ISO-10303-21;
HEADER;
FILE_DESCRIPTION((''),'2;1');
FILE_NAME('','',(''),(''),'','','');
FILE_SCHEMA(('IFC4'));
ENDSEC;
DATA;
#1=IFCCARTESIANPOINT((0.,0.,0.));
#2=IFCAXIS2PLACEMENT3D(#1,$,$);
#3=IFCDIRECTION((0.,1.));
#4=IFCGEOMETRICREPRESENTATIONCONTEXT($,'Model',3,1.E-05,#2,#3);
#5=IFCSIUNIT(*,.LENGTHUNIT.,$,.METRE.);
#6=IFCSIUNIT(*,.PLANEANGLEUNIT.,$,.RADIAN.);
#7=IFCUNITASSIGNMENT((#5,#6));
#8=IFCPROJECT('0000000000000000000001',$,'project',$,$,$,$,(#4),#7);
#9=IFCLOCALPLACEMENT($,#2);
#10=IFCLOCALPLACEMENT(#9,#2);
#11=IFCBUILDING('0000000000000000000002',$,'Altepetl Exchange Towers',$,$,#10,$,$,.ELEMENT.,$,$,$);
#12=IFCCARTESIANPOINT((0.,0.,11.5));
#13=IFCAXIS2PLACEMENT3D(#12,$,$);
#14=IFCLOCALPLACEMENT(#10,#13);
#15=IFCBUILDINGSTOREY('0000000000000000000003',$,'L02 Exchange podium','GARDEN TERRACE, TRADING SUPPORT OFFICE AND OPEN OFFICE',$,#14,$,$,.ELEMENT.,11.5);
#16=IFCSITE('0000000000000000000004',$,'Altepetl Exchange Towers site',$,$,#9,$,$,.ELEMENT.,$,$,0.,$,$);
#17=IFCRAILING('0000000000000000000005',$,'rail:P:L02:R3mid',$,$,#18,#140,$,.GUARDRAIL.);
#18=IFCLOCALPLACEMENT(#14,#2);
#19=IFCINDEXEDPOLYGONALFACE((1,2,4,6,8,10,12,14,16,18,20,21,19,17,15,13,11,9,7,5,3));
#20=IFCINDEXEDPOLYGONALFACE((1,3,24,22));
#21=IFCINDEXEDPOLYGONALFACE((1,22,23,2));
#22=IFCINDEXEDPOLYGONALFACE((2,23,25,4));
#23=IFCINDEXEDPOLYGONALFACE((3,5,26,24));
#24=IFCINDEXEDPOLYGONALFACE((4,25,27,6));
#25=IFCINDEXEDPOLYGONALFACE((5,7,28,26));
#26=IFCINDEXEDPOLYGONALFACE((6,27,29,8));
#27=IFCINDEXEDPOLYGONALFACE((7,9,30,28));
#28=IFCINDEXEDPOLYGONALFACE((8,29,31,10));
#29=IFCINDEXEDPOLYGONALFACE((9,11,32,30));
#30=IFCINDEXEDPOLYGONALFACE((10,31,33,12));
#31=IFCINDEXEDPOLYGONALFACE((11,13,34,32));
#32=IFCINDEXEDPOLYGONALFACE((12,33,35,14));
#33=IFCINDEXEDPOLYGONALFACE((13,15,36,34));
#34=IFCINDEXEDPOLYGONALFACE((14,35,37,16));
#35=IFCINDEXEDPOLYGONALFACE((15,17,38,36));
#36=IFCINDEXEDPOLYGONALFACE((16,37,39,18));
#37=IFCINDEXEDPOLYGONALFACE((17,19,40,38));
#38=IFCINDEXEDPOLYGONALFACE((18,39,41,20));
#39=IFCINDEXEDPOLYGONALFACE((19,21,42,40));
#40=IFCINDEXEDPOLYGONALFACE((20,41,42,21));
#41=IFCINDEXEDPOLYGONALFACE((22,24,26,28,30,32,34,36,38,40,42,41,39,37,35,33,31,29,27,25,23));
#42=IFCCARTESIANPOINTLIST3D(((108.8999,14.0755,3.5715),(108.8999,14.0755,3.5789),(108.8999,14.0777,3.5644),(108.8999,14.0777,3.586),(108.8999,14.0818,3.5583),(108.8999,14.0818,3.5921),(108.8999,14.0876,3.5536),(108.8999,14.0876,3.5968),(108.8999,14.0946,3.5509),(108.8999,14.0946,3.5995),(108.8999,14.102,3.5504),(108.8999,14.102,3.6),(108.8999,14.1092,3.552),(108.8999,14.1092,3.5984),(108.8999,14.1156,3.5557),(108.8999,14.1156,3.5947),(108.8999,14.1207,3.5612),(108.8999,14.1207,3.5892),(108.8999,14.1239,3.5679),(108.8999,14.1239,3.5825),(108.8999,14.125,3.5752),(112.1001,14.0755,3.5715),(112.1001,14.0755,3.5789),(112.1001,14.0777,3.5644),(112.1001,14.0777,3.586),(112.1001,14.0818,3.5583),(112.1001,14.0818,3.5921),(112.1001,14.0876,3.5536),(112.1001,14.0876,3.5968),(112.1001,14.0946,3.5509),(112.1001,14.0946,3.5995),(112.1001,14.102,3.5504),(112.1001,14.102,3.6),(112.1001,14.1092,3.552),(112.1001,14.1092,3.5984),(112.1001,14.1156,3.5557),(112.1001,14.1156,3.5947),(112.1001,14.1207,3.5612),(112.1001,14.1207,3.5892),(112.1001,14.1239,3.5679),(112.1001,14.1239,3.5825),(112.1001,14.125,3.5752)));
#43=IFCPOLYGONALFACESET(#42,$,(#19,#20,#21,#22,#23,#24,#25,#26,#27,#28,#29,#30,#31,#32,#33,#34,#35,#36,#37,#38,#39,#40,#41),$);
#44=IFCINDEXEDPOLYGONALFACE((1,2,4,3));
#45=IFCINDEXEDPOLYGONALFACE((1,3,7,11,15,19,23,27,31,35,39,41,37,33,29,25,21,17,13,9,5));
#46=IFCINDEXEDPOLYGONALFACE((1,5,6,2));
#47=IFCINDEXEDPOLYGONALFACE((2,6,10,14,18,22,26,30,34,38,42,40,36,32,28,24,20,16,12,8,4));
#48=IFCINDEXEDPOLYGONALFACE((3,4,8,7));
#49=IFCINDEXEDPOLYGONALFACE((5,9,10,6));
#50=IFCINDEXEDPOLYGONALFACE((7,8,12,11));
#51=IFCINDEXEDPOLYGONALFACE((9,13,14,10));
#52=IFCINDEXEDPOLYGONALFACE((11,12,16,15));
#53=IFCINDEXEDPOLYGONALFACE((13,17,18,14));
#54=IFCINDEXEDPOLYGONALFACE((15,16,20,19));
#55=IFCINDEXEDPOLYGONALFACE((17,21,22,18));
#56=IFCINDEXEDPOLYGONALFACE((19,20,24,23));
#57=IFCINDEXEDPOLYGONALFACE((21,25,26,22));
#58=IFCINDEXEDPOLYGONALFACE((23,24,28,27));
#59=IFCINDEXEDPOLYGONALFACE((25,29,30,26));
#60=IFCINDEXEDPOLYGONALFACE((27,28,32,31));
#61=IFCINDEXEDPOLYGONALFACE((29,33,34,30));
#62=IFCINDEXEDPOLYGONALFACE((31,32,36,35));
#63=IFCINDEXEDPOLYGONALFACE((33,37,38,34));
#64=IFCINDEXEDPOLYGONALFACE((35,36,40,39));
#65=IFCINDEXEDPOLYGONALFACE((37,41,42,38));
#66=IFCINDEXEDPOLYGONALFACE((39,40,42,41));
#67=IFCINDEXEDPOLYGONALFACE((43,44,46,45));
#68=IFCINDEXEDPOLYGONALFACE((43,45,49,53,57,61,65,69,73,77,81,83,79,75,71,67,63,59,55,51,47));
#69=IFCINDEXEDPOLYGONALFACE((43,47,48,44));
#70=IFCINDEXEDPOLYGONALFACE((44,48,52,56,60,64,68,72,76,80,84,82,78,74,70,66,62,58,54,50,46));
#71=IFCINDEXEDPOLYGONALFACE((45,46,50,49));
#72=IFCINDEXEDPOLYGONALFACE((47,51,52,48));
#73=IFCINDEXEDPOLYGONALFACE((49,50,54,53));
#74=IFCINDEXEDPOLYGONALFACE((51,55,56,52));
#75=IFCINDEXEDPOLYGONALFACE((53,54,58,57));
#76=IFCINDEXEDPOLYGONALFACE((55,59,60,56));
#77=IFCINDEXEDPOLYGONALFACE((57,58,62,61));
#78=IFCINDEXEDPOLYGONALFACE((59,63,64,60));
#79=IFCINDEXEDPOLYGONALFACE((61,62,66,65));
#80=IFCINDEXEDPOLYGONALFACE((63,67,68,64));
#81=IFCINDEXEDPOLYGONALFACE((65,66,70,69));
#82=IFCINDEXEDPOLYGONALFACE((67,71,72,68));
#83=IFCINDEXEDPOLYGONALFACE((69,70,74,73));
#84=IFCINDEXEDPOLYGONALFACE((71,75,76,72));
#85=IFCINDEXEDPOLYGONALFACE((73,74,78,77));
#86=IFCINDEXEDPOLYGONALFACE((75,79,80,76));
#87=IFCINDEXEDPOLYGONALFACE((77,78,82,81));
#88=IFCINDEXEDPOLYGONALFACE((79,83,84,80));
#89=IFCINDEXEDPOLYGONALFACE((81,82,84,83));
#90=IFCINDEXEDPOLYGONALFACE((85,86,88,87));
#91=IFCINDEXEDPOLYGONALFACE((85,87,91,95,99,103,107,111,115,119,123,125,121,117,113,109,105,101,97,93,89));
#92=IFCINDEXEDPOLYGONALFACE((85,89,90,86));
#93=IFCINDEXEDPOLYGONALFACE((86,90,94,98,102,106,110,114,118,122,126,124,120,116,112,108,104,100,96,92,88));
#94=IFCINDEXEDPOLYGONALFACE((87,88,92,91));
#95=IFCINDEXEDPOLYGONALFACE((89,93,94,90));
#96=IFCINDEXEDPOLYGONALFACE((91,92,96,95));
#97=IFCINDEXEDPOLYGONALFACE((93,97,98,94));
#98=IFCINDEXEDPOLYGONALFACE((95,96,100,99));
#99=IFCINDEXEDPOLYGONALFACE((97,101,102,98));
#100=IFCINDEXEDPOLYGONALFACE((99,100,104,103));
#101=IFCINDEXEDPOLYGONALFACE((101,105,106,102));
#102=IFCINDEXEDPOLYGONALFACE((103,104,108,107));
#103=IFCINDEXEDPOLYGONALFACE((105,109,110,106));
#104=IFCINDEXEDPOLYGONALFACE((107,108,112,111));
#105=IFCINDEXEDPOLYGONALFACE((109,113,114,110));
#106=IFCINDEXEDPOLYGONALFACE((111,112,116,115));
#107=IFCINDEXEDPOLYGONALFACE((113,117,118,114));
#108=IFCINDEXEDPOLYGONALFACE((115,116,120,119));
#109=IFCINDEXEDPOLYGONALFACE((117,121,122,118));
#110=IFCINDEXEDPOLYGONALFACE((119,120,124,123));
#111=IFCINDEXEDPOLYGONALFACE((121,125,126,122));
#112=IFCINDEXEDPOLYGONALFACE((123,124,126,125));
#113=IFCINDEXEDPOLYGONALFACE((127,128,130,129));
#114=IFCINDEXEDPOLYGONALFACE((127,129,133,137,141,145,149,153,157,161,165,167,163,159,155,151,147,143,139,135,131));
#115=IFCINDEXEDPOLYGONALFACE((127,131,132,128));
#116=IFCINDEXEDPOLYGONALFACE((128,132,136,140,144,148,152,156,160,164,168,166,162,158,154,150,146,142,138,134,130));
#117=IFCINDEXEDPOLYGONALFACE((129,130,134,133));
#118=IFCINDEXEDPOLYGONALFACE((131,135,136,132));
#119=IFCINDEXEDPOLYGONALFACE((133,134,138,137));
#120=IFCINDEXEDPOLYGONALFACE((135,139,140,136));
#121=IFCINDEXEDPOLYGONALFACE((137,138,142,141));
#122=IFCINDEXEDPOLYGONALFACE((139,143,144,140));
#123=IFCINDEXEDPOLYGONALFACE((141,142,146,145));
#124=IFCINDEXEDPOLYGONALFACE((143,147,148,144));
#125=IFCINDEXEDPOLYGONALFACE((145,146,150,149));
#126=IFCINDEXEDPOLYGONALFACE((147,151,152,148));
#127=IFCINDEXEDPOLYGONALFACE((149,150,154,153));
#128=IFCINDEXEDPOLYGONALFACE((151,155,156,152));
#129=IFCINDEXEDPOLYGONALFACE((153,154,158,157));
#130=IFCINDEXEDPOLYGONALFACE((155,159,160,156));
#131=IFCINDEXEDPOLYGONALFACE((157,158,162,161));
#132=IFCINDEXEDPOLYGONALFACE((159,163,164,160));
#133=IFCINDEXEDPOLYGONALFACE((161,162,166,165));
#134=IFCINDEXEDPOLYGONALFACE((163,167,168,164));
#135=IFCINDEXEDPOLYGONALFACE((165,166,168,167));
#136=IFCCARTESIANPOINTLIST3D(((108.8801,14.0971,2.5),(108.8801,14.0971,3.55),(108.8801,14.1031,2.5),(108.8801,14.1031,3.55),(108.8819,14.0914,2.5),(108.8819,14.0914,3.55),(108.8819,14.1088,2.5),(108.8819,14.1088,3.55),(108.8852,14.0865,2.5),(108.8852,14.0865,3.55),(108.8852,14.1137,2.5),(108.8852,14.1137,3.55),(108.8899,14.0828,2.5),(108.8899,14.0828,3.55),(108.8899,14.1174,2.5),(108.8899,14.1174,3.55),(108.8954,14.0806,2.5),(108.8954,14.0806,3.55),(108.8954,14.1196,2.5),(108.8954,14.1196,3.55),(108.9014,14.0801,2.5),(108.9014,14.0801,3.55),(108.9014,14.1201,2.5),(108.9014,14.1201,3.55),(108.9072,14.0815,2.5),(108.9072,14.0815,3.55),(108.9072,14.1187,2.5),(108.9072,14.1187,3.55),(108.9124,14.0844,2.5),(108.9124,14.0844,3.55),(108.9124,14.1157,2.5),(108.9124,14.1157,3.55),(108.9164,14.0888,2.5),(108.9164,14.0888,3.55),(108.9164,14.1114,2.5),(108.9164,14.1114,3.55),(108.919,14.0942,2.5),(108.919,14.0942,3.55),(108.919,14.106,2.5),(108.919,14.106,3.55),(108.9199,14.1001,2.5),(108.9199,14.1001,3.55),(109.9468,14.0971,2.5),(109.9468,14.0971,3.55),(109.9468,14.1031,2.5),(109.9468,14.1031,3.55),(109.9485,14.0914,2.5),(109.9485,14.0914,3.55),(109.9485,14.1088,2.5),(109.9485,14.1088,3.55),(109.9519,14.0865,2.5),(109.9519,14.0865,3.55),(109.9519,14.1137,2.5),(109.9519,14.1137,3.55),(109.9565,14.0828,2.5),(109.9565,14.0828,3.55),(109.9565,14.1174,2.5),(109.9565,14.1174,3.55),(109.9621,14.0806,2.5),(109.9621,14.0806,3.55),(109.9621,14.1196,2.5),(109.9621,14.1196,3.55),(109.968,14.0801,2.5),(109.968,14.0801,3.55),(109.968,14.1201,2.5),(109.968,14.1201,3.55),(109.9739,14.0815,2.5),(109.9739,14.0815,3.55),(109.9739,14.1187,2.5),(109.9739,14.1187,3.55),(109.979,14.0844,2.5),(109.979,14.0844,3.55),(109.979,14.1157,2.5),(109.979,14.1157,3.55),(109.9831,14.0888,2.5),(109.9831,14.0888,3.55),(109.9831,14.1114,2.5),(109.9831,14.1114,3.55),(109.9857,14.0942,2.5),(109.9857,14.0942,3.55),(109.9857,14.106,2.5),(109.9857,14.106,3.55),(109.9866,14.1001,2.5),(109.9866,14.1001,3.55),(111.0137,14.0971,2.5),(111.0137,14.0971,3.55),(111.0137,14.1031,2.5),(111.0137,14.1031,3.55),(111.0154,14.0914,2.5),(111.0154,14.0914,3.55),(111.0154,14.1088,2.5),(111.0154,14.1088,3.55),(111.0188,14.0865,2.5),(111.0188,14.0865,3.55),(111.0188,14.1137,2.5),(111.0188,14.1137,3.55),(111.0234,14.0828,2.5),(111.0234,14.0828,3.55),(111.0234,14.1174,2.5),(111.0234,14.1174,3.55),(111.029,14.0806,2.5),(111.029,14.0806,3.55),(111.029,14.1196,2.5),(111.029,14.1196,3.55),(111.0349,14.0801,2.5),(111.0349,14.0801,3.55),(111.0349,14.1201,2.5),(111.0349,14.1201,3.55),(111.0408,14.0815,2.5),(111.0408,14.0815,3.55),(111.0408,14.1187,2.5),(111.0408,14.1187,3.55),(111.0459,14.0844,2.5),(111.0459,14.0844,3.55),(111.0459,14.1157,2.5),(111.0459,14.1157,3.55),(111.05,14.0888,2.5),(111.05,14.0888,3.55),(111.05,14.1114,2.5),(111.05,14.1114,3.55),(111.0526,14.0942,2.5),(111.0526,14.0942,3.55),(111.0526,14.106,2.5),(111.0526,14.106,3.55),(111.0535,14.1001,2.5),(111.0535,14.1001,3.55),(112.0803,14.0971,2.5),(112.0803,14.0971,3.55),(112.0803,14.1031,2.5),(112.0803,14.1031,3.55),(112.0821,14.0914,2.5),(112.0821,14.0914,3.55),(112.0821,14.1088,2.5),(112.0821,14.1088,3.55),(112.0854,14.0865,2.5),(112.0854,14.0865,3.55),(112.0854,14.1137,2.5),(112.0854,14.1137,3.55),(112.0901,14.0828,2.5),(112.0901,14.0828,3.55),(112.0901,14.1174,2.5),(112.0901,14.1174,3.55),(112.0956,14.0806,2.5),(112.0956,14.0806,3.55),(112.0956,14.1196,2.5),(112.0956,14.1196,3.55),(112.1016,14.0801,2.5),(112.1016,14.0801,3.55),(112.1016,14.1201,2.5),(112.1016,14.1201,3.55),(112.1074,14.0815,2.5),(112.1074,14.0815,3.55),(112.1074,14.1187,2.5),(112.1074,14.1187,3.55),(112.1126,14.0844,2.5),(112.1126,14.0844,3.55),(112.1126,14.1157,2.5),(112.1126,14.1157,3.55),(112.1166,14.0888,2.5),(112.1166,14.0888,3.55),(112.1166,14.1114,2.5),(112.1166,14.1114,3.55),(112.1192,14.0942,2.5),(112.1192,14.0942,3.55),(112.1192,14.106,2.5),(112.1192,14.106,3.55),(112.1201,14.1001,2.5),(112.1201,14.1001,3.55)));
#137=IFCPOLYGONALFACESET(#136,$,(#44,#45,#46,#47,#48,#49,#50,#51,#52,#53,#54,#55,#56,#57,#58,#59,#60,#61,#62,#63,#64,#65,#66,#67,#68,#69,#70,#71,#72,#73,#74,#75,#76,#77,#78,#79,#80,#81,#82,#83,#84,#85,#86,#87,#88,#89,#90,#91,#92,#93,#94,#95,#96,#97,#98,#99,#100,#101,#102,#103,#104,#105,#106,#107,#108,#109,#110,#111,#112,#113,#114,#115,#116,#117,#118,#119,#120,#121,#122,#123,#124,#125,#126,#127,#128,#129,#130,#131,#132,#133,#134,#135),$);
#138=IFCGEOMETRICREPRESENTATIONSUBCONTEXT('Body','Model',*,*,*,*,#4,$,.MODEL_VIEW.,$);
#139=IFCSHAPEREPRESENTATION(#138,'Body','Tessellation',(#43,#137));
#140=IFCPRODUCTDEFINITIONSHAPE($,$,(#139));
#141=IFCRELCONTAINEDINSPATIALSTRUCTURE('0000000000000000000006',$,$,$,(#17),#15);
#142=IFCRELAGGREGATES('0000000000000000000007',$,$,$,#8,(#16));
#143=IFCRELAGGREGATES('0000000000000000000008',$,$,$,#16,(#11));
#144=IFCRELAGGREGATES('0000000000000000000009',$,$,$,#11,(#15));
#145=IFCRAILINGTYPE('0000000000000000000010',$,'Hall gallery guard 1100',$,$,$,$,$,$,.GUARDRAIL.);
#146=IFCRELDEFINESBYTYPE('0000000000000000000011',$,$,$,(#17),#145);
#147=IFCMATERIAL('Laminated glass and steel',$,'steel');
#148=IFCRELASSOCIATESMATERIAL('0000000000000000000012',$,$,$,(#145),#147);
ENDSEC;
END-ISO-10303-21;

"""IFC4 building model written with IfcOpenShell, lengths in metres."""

from ifc_helpers import new_model, si_unit, direction, frame, origin, origin_2d, place, context, subcontext, project, spatial, circle, extrude, source, transform, mapped, material, type_object, element, save


model = new_model("IFC4")

# Units and contexts
model_context = context("Model", 3, precision=1e-05, world=origin(), true_north=direction((0.0, 1.0)))
body_context = subcontext(model_context, "Body", "Model", "MODEL_VIEW")
ifc_project = project(units=[si_unit("LENGTHUNIT", "METRE"), si_unit("PLANEANGLEUNIT", "RADIAN")], contexts=[model_context])

# Site, building, storey
site_placement = place(None, origin())
site = spatial("IfcSite", under=ifc_project, at=site_placement, Name="Altepetl Exchange Towers site", CompositionType="ELEMENT", RefElevation=0.0)
building_placement = place(site_placement, origin())
building = spatial("IfcBuilding", under=site, at=building_placement, Name="Altepetl Exchange Towers", CompositionType="ELEMENT")
storey_placement = place(building_placement, frame((0.0, 0.0, 11.5)))
storey = spatial("IfcBuildingStorey", under=building, at=storey_placement, Name="L02 Exchange podium", Description="GARDEN TERRACE, TRADING SUPPORT OFFICE AND OPEN OFFICE", CompositionType="ELEMENT", Elevation=11.5)

# Railing
ifc_material_1 = material(Name="Laminated glass and steel", Category="steel")
railing_type_1 = type_object("IfcRailingType", Name="Hall gallery guard 1100", PredefinedType="GUARDRAIL", material=ifc_material_1)
shared_shape_1 = source(origin(), body_context, "Body", "SweptSolid", [
    extrude(circle(Radius=0.02, at=origin_2d()), origin(), (0.0, 0.0, 1.0), 1.05),
])
for number, where, name in (
    (1, (108.8999, 14.1001, 2.5), "rail:P:L02:R3mid"),
):
    element("IfcRailing", number, at=place(storey_placement, frame(where)), inside=storey, type_object=railing_type_1, Name=name, PredefinedType="GUARDRAIL", context=body_context, shape_type="SweptSolid", body=[
        extrude(circle(Radius=0.0249, at=origin_2d()), frame((0.0, 0.0, 1.0752), z_axis=(1.0, 0.0, 0.0), x_axis=(0.0, 1.0, 0.0)), (0.0, 0.0, 1.0), 3.2002),
        mapped(shared_shape_1, transform((0.0, 0.0, 0.0))),
        mapped(shared_shape_1, transform((1.0667, 0.0, 0.0))),
        mapped(shared_shape_1, transform((2.1335, 0.0, 0.0))),
        mapped(shared_shape_1, transform((3.2002, 0.0, 0.0))),
    ])

save(model, "model.ifc")
